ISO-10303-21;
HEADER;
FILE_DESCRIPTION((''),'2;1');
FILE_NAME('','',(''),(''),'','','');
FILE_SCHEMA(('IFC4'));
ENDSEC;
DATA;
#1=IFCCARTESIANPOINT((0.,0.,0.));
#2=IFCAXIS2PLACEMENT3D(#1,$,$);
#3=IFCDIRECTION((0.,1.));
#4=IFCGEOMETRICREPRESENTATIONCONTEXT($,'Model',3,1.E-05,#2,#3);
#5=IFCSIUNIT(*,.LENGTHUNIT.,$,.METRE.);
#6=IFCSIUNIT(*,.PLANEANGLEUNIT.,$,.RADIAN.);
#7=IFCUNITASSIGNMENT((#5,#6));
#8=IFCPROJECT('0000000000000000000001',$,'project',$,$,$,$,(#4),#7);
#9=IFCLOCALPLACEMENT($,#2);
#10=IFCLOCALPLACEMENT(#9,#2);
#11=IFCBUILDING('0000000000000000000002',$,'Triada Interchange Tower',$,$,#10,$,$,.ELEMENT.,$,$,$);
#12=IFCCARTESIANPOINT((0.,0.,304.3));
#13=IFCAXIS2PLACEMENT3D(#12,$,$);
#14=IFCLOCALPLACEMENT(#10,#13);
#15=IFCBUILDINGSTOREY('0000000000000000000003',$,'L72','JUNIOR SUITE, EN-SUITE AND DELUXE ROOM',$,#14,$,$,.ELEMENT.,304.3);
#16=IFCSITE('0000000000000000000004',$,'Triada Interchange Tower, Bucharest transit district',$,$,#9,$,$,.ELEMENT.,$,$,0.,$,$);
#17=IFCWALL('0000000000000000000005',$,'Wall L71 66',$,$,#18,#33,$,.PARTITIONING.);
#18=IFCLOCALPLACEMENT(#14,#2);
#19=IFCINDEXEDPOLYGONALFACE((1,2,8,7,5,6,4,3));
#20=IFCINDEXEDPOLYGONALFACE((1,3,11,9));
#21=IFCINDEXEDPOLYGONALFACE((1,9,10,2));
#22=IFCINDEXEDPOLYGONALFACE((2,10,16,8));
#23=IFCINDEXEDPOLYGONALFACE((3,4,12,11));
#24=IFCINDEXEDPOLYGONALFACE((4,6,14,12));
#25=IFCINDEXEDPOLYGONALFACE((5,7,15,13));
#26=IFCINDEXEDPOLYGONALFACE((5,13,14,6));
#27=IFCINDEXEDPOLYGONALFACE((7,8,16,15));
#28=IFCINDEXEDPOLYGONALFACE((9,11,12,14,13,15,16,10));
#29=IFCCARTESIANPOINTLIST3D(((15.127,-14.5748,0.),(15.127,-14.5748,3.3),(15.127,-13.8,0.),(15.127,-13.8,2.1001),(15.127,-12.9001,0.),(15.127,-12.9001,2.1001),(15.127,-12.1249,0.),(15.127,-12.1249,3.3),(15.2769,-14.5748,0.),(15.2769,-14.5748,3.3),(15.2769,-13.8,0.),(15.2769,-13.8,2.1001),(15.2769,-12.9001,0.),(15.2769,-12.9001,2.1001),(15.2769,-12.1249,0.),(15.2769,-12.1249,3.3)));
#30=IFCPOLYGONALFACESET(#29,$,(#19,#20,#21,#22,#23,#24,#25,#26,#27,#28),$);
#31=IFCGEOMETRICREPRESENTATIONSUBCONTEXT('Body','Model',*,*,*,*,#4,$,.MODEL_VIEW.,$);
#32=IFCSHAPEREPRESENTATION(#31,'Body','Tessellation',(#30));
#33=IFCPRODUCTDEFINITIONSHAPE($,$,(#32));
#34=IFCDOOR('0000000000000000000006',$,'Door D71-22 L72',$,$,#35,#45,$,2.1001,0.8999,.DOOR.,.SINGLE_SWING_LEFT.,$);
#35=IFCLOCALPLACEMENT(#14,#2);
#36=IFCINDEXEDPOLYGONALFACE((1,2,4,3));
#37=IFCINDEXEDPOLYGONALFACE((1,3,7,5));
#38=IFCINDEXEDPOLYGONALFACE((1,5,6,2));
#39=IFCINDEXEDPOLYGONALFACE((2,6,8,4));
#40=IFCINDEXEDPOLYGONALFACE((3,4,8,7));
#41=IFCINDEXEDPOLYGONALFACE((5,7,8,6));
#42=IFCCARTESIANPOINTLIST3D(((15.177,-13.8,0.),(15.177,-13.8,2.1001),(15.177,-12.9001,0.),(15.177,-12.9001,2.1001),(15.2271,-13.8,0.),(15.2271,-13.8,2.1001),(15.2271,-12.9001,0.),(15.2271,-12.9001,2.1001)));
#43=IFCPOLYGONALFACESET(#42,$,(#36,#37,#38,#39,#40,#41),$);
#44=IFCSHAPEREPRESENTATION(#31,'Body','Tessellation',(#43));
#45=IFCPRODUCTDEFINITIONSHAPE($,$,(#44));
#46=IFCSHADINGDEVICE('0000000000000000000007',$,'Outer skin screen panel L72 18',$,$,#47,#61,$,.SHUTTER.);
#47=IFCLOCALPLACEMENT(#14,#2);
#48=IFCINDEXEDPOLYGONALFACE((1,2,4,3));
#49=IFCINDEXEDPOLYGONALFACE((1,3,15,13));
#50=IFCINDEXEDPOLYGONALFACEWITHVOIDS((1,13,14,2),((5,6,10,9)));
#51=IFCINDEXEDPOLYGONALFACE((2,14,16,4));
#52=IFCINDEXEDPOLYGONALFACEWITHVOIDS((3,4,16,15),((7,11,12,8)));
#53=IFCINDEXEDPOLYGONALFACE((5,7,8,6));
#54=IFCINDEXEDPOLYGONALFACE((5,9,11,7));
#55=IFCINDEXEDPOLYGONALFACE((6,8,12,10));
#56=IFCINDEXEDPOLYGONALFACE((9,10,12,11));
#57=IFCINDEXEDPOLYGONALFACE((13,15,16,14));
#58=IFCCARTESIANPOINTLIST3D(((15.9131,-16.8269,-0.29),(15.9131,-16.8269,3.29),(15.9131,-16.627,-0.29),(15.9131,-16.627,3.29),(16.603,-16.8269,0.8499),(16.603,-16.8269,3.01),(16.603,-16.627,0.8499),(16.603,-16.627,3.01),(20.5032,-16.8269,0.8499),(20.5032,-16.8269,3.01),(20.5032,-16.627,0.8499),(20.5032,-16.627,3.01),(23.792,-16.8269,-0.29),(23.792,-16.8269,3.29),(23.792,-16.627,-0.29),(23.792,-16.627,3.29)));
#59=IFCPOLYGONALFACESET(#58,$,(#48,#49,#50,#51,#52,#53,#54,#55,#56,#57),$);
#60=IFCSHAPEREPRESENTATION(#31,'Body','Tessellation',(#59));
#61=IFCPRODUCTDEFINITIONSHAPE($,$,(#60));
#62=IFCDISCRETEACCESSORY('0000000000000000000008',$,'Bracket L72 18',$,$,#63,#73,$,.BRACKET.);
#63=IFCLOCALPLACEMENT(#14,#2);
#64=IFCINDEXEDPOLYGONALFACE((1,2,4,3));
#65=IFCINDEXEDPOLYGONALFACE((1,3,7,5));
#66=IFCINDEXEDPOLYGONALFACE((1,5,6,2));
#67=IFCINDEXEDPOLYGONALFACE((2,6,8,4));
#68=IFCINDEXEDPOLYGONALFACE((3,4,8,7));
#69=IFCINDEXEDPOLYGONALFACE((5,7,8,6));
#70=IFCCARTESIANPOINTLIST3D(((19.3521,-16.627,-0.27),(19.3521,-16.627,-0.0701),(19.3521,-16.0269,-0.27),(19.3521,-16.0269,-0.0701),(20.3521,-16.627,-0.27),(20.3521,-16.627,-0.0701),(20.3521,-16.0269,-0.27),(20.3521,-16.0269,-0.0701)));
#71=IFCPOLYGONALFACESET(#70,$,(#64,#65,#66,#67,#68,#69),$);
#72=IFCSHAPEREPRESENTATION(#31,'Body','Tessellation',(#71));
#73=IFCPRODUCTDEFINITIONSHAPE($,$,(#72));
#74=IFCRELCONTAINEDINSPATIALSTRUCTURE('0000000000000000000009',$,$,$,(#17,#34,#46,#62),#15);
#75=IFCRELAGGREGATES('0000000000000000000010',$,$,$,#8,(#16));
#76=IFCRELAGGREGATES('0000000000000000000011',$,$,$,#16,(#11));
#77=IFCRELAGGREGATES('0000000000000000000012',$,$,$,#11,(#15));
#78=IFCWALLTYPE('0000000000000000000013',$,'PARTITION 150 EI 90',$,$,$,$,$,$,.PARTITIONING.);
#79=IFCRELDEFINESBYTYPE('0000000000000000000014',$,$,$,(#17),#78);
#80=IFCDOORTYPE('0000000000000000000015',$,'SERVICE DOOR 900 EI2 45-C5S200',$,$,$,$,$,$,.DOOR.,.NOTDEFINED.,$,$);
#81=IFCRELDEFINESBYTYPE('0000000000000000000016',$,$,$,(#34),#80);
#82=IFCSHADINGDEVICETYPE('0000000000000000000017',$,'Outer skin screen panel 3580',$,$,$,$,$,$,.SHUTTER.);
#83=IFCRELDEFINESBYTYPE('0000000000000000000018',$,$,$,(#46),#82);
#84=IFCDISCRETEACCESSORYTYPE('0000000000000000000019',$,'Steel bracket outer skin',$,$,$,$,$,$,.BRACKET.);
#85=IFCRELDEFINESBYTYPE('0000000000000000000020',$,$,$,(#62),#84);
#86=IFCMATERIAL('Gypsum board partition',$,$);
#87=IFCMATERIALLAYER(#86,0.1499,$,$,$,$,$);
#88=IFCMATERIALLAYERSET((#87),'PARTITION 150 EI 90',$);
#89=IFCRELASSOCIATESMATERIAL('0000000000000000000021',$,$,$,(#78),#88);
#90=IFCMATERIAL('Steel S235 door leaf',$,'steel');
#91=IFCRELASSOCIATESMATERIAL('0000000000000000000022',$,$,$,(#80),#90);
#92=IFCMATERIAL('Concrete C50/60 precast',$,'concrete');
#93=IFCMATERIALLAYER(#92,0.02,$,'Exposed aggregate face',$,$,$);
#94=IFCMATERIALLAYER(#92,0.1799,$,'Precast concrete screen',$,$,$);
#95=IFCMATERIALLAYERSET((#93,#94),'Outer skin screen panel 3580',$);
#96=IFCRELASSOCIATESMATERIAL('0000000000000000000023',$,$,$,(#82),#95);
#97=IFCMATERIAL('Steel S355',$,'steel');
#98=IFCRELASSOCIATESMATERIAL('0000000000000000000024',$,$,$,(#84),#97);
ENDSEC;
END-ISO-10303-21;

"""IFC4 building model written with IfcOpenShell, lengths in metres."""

from ifc_helpers import new_model, si_unit, direction, frame, frame_2d, origin, origin_2d, place, context, subcontext, project, spatial, polyline, rectangle, outline, extrude, material, layer, layer_set, type_object, element, fill, save


model = new_model("IFC4")

# Units and contexts
model_context = context("Model", 3, precision=1e-05, world=origin(), true_north=direction((0.0, 1.0)))
body_context = subcontext(model_context, "Body", "Model", "MODEL_VIEW")
ifc_project = project(units=[si_unit("LENGTHUNIT", "METRE"), si_unit("PLANEANGLEUNIT", "RADIAN")], contexts=[model_context])

# Site, building, storey
site_placement = place(None, origin())
site = spatial("IfcSite", under=ifc_project, at=site_placement, Name="Triada Interchange Tower, Bucharest transit district", CompositionType="ELEMENT", RefElevation=0.0)
building_placement = place(site_placement, origin())
building = spatial("IfcBuilding", under=site, at=building_placement, Name="Triada Interchange Tower", CompositionType="ELEMENT")
storey_placement = place(building_placement, frame((0.0, 0.0, 304.3)))
storey = spatial("IfcBuildingStorey", under=building, at=storey_placement, Name="L72", Description="JUNIOR SUITE, EN-SUITE AND DELUXE ROOM", CompositionType="ELEMENT", Elevation=304.3)

# Shared definitions
ifc_material_1 = material(Name="Gypsum board partition")
ifc_layer_1 = layer(ifc_material_1, 0.1499)
ifc_layer_set_1 = layer_set([ifc_layer_1], Name="PARTITION 150 EI 90")
wall_type_1 = type_object("IfcWallType", Name="PARTITION 150 EI 90", PredefinedType="PARTITIONING", material=ifc_layer_set_1)

# Wall, opening, door
wall_1_placement = place(storey_placement, frame((15.2019, -14.575, 0.0), z_axis=(0.0, 0.0, 1.0), x_axis=(0.0, 1.0, 0.0)))
wall_1 = element("IfcWall", 1, at=wall_1_placement, inside=storey, type_object=wall_type_1, Name="Wall L71 66", PredefinedType="PARTITIONING", context=body_context, shape_type="SweptSolid", body=[
    extrude(rectangle(XDim=2.45, YDim=0.1499, at=frame_2d((1.2251, 0.0))), origin(), (0.0, 0.0, 1.0), 3.3),
])
opening_1_placement = place(wall_1_placement, frame((0.7749, 0.0, 0.0)))
opening_1 = element("IfcOpeningElement", 2, at=opening_1_placement, cuts=wall_1, PredefinedType="OPENING", context=body_context, shape_type="SweptSolid", body=[
    extrude(rectangle(XDim=0.8999, YDim=2.1001, at=frame_2d((0.45, 1.05))), frame((0.0, 0.085, 0.0), z_axis=(0.0, -1.0, 0.0), x_axis=(1.0, 0.0, 0.0)), (0.0, 0.0, 1.0), 0.1699),
])
ifc_material_2 = material(Name="Steel S235 door leaf", Category="steel")
door_type = type_object("IfcDoorType", Name="SERVICE DOOR 900 EI2 45-C5S200", OperationType="NOTDEFINED", PredefinedType="DOOR", material=ifc_material_2)
door_placement = place(opening_1_placement, origin())
door = element("IfcDoor", 3, at=door_placement, inside=storey, type_object=door_type, Name="Door D71-22 L72", OperationType="SINGLE_SWING_LEFT", OverallHeight=2.1001, OverallWidth=0.8999, PredefinedType="DOOR", context=body_context, shape_type="SweptSolid", body=[
    extrude(rectangle(XDim=0.8999, YDim=2.1001, at=frame_2d((0.45, 1.05))), frame((0.0, 0.0249, 0.0), z_axis=(0.0, -1.0, 0.0), x_axis=(1.0, 0.0, 0.0)), (0.0, 0.0, 1.0), 0.05),
])
fill(opening_1, door)

# Shading device
ifc_material_3 = material(Name="Concrete C50/60 precast", Category="concrete")
ifc_layer_2 = layer(ifc_material_3, 0.02, Name="Exposed aggregate face")
ifc_layer_3 = layer(ifc_material_3, 0.1799, Name="Precast concrete screen")
ifc_layer_set_2 = layer_set([ifc_layer_2, ifc_layer_3], Name="Outer skin screen panel 3580")
shading_device_type = type_object("IfcShadingDeviceType", Name="Outer skin screen panel 3580", PredefinedType="SHUTTER", material=ifc_layer_set_2)
shading_device_placement = place(storey_placement, frame((15.9131, -16.627, -0.29), z_axis=(0.0, 0.0, 1.0), x_axis=(1.0, 0.0, 0.0)))
element("IfcShadingDevice", 4, at=shading_device_placement, inside=storey, type_object=shading_device_type, Name="Outer skin screen panel L72 18", PredefinedType="SHUTTER", context=body_context, shape_type="SweptSolid", body=[
    extrude(outline(polyline([(0.0, 0.0), (7.8789, 0.0), (7.8789, 3.5801), (0.0, 3.5801), (0.0, 0.0)]), holes=[polyline([(0.6899, 1.1399), (0.6899, 3.3), (4.5901, 3.3), (4.5901, 1.1399), (0.6899, 1.1399)])]), frame((0.0, 0.0, 0.0), z_axis=(0.0, -1.0, 0.0), x_axis=(1.0, 0.0, 0.0)), (0.0, 0.0, 1.0), 0.2),
])

# Discrete accessory
ifc_material_4 = material(Name="Steel S355", Category="steel")
discrete_accessory_type = type_object("IfcDiscreteAccessoryType", Name="Steel bracket outer skin", PredefinedType="BRACKET", material=ifc_material_4)
discrete_accessory_placement = place(storey_placement, frame((19.8521, -16.3269, -0.27), z_axis=(0.0, 0.0, 1.0), x_axis=(0.0, -1.0, 0.0)))
element("IfcDiscreteAccessory", 5, at=discrete_accessory_placement, inside=storey, type_object=discrete_accessory_type, Name="Bracket L72 18", PredefinedType="BRACKET", context=body_context, shape_type="SweptSolid", body=[
    extrude(rectangle(XDim=0.6001, YDim=1.0, at=origin_2d()), origin(), (0.0, 0.0, 1.0), 0.2),
])

save(model, "model.ifc")
